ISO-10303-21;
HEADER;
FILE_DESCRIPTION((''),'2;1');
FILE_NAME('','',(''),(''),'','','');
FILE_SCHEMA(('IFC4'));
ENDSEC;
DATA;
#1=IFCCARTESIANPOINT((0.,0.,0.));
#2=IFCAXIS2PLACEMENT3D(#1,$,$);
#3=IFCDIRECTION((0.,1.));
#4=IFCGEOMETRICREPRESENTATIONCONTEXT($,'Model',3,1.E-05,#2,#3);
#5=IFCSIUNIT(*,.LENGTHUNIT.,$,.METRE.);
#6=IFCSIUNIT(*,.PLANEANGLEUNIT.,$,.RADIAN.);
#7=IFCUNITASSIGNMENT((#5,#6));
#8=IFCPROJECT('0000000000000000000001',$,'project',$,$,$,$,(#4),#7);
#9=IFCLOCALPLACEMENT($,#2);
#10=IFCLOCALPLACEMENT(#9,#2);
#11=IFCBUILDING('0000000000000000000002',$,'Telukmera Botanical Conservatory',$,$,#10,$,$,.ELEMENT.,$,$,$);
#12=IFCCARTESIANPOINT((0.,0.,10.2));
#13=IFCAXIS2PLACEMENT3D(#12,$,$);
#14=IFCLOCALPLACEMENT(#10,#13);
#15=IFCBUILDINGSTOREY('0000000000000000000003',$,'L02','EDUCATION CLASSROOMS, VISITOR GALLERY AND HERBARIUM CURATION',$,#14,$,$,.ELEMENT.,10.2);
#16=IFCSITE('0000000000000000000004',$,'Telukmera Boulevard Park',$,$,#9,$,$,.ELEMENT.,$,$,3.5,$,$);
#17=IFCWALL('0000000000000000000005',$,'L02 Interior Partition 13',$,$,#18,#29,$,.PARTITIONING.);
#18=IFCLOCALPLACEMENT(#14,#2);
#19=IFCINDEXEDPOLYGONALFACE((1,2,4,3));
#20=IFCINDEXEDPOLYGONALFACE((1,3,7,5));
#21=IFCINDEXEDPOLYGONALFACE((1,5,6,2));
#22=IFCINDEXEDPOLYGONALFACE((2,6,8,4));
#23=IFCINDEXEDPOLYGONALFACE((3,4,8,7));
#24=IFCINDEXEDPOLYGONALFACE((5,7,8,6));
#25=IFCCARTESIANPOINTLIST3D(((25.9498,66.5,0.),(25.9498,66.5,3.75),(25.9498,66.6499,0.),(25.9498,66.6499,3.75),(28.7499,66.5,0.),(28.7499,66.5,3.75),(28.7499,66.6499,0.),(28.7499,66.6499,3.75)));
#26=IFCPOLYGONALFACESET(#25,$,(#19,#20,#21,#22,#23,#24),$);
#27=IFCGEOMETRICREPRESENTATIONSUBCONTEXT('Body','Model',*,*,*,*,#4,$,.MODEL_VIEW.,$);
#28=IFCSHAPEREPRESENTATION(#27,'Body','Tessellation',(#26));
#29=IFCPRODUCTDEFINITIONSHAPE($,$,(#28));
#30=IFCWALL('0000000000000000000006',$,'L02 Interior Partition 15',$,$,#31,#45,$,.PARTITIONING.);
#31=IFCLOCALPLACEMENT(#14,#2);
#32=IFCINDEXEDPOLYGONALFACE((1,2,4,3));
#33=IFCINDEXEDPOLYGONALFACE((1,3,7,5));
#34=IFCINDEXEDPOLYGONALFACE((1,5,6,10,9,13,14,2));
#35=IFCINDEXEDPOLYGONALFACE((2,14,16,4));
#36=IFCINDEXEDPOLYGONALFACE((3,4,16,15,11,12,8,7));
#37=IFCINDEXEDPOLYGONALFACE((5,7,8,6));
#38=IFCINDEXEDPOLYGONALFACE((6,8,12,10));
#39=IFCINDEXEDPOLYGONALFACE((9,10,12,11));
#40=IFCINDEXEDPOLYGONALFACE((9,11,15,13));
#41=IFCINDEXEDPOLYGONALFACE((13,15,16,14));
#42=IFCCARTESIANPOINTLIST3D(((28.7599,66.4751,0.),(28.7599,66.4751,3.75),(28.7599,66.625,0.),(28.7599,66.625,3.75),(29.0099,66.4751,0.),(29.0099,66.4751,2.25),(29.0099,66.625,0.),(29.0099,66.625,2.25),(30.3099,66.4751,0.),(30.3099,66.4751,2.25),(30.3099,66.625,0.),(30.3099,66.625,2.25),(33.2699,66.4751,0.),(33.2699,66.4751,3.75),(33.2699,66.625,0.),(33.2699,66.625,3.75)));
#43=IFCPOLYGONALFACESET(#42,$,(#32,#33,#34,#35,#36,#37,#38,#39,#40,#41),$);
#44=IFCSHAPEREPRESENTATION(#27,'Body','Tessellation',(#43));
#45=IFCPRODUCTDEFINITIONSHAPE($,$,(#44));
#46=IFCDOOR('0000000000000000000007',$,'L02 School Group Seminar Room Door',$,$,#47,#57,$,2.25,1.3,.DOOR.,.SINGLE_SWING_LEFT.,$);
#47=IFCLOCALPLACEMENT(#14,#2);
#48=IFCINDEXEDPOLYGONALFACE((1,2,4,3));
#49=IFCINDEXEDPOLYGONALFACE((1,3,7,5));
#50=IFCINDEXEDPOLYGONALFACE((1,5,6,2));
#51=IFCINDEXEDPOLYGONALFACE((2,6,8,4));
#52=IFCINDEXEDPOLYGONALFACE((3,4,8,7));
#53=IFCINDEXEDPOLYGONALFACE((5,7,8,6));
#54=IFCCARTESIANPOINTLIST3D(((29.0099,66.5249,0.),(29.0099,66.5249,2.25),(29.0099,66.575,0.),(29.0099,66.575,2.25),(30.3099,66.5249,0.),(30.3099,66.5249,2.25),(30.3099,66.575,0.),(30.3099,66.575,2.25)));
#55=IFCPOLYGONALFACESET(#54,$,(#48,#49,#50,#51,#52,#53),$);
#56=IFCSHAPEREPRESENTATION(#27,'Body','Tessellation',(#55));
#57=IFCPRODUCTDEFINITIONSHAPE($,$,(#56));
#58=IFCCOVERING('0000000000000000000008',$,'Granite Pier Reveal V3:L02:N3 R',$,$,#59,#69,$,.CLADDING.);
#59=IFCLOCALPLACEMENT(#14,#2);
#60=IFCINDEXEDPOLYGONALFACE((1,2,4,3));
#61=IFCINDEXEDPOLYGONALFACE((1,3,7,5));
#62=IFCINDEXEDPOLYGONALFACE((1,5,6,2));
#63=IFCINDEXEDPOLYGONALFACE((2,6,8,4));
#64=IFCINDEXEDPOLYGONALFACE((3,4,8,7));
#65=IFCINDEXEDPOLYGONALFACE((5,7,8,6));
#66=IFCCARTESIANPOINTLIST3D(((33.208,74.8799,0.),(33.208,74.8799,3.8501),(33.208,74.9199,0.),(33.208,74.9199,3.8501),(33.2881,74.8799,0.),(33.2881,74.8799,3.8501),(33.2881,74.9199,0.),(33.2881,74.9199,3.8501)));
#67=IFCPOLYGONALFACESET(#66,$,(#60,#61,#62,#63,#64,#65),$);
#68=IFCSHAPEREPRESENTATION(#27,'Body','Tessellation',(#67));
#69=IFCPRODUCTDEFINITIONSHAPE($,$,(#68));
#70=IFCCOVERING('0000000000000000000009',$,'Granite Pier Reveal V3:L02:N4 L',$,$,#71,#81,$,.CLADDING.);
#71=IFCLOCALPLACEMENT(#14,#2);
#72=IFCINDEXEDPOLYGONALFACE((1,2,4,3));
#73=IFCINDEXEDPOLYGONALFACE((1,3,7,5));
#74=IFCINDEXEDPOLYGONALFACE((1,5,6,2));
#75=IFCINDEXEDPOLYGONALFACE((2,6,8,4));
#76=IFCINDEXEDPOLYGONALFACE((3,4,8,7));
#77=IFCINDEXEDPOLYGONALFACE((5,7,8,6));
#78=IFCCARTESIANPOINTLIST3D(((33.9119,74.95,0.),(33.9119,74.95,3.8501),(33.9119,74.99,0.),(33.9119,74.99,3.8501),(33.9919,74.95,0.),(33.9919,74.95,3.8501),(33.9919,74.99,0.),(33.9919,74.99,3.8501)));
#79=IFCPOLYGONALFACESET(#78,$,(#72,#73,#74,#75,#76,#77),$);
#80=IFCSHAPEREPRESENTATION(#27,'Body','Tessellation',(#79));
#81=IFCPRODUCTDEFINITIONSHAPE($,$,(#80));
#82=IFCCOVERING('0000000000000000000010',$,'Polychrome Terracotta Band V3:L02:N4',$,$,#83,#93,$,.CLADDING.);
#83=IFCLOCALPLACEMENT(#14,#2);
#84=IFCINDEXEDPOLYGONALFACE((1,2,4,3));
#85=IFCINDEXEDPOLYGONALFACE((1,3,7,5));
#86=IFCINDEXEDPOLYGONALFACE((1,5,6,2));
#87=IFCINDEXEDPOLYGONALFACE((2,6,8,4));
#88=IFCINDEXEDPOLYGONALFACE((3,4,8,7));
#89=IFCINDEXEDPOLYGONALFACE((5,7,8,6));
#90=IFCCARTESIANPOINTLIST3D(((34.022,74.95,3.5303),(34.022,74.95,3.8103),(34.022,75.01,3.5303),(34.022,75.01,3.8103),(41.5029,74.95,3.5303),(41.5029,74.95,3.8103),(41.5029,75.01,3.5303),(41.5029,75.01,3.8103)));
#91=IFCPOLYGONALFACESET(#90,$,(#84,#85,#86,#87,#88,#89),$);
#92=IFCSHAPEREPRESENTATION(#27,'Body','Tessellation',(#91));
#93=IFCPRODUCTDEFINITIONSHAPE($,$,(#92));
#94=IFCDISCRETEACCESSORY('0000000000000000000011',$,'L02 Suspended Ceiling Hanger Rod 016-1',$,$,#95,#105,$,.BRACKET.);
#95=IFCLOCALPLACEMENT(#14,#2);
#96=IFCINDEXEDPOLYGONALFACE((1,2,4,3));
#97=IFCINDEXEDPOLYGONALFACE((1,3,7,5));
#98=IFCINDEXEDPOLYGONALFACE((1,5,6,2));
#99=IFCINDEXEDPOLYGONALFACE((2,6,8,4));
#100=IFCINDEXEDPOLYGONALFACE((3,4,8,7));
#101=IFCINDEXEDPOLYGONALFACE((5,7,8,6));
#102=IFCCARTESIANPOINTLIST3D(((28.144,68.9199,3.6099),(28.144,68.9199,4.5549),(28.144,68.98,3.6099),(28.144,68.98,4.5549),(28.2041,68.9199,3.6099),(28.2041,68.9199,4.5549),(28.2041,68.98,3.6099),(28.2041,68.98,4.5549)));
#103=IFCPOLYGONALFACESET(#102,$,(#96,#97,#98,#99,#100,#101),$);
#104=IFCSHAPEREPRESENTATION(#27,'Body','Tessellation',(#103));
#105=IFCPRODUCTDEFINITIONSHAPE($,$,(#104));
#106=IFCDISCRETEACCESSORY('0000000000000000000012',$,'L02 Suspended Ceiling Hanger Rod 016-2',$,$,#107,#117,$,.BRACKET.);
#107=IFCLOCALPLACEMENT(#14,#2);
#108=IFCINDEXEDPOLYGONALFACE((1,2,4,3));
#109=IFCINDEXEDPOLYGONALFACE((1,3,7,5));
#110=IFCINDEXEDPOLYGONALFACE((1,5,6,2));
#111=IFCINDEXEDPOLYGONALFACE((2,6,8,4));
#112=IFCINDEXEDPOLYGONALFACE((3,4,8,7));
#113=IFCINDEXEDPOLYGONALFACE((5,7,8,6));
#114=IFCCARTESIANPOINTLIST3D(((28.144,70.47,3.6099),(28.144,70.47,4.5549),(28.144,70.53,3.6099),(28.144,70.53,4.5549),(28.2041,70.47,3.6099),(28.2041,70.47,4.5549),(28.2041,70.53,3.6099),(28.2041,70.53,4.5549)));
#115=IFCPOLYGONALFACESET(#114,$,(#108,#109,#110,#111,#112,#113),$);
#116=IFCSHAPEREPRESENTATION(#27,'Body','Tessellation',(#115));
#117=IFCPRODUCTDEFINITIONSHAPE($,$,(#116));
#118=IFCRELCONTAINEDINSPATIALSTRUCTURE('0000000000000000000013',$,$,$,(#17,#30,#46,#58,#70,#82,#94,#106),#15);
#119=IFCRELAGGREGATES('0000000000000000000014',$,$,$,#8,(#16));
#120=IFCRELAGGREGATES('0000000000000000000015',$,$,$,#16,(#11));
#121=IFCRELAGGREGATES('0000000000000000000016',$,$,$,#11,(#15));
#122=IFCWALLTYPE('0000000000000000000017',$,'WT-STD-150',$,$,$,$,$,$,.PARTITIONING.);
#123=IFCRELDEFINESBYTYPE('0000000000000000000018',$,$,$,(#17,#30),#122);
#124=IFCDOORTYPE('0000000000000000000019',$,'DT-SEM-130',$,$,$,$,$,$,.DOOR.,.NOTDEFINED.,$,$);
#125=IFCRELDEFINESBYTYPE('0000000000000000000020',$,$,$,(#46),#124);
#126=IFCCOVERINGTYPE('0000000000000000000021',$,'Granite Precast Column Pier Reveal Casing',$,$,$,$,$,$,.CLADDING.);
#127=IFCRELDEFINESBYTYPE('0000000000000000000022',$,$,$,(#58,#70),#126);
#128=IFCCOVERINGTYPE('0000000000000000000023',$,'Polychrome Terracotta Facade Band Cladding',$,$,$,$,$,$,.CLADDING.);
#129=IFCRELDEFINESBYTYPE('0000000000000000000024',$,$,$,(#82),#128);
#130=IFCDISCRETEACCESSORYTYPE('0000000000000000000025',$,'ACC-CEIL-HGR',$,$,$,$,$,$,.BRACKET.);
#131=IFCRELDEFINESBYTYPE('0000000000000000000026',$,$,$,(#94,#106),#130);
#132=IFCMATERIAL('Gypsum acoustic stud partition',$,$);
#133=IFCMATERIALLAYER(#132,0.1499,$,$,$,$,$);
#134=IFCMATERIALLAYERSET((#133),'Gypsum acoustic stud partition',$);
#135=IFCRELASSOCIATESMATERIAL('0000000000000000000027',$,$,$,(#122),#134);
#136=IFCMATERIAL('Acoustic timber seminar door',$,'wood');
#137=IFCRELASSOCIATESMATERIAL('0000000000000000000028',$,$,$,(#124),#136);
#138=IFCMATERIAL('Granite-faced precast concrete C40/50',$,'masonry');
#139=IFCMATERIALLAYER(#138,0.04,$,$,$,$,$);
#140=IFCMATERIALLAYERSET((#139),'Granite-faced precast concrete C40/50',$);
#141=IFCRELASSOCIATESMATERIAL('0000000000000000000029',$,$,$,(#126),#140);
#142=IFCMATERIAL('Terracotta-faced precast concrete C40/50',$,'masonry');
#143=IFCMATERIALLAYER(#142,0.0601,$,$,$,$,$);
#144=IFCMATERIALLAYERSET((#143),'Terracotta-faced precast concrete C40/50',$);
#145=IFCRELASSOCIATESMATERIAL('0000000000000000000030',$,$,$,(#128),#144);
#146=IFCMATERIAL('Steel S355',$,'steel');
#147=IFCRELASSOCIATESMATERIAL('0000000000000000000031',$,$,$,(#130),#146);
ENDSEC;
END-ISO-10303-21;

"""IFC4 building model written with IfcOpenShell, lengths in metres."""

from ifc_helpers import new_model, si_unit, direction, frame, frame_2d, origin, origin_2d, place, context, subcontext, project, spatial, rectangle, extrude, material, layer, layer_set, type_object, element, fill, save


model = new_model("IFC4")

# Units and contexts
model_context = context("Model", 3, precision=1e-05, world=origin(), true_north=direction((0.0, 1.0)))
body_context = subcontext(model_context, "Body", "Model", "MODEL_VIEW")
ifc_project = project(units=[si_unit("LENGTHUNIT", "METRE"), si_unit("PLANEANGLEUNIT", "RADIAN")], contexts=[model_context])

# Site, building, storey
site_placement = place(None, origin())
site = spatial("IfcSite", under=ifc_project, at=site_placement, Name="Telukmera Boulevard Park", CompositionType="ELEMENT", RefElevation=3.5)
building_placement = place(site_placement, origin())
building = spatial("IfcBuilding", under=site, at=building_placement, Name="Telukmera Botanical Conservatory", CompositionType="ELEMENT")
storey_placement = place(building_placement, frame((0.0, 0.0, 10.2)))
storey = spatial("IfcBuildingStorey", under=building, at=storey_placement, Name="L02", Description="EDUCATION CLASSROOMS, VISITOR GALLERY AND HERBARIUM CURATION", CompositionType="ELEMENT", Elevation=10.2)

# Shared definitions
ifc_material_1 = material(Name="Terracotta-faced precast concrete C40/50", Category="masonry")

# Wall
ifc_material_2 = material(Name="Gypsum acoustic stud partition")
ifc_layer_1 = layer(ifc_material_2, 0.1499)
ifc_layer_set_1 = layer_set([ifc_layer_1], Name="Gypsum acoustic stud partition")
wall_type_1 = type_object("IfcWallType", Name="WT-STD-150", PredefinedType="PARTITIONING", material=ifc_layer_set_1)
wall_1_placement = place(storey_placement, frame((25.95, 66.575, 0.0), z_axis=(0.0, 0.0, 1.0), x_axis=(1.0, 0.0, 0.0)))
element("IfcWall", 1, at=wall_1_placement, inside=storey, type_object=wall_type_1, Name="L02 Interior Partition 13", PredefinedType="PARTITIONING", context=body_context, shape_type="SweptSolid", body=[
    extrude(rectangle(XDim=2.8, YDim=0.1499, at=frame_2d((1.3999, 0.0))), origin(), (0.0, 0.0, 1.0), 3.75),
])

# Wall, opening, door
wall_2_placement = place(storey_placement, frame((28.76, 66.55, 0.0), z_axis=(0.0, 0.0, 1.0), x_axis=(1.0, 0.0, 0.0)))
wall_2 = element("IfcWall", 2, at=wall_2_placement, inside=storey, type_object=wall_type_1, Name="L02 Interior Partition 15", PredefinedType="PARTITIONING", context=body_context, shape_type="SweptSolid", body=[
    extrude(rectangle(XDim=4.51, YDim=0.1499, at=frame_2d((2.2549, 0.0))), origin(), (0.0, 0.0, 1.0), 3.75),
])
opening_1_placement = place(wall_2_placement, frame((0.25, 0.0, 0.0)))
opening_1 = element("IfcOpeningElement", 3, at=opening_1_placement, cuts=wall_2, PredefinedType="OPENING", context=body_context, shape_type="SweptSolid", body=[
    extrude(rectangle(XDim=1.3, YDim=2.25, at=frame_2d((0.6499, 1.125))), frame((0.0, 0.085, 0.0), z_axis=(0.0, -1.0, 0.0), x_axis=(1.0, 0.0, 0.0)), (0.0, 0.0, 1.0), 0.1699),
])
ifc_material_3 = material(Name="Acoustic timber seminar door", Category="wood")
door_type_1 = type_object("IfcDoorType", Name="DT-SEM-130", OperationType="NOTDEFINED", PredefinedType="DOOR", material=ifc_material_3)
door_1_placement = place(opening_1_placement, origin())
door_1 = element("IfcDoor", 4, at=door_1_placement, inside=storey, type_object=door_type_1, Name="L02 School Group Seminar Room Door", OperationType="SINGLE_SWING_LEFT", OverallHeight=2.25, OverallWidth=1.3, PredefinedType="DOOR", context=body_context, shape_type="SweptSolid", body=[
    extrude(rectangle(XDim=1.3, YDim=2.25, at=frame_2d((0.6499, 1.125))), frame((0.0, 0.0249, 0.0), z_axis=(0.0, -1.0, 0.0), x_axis=(1.0, 0.0, 0.0)), (0.0, 0.0, 1.0), 0.05),
])
fill(opening_1, door_1)

# Coverings
ifc_material_4 = material(Name="Granite-faced precast concrete C40/50", Category="masonry")
ifc_layer_2 = layer(ifc_material_4, 0.04)
ifc_layer_set_2 = layer_set([ifc_layer_2], Name="Granite-faced precast concrete C40/50")
covering_type_1 = type_object("IfcCoveringType", Name="Granite Precast Column Pier Reveal Casing", PredefinedType="CLADDING", material=ifc_layer_set_2)
for number, where, z_axis, x_axis, name in (
    (5, (33.248, 74.8999, 0.0), (0.0, 0.0, 1.0), (1.0, 0.0, 0.0), "Granite Pier Reveal V3:L02:N3 R"),
    (6, (33.9519, 74.97, 0.0), (0.0, 0.0, 1.0), (1.0, 0.0, 0.0), "Granite Pier Reveal V3:L02:N4 L"),
):
    element("IfcCovering", number, at=place(storey_placement, frame(where, z_axis=z_axis, x_axis=x_axis)), inside=storey, type_object=covering_type_1, Name=name, PredefinedType="CLADDING", context=body_context, shape_type="SweptSolid", body=[
        extrude(rectangle(XDim=0.0801, YDim=0.04, at=origin_2d()), origin(), (0.0, 0.0, 1.0), 3.8501),
    ])
ifc_layer_3 = layer(ifc_material_1, 0.0601)
ifc_layer_set_3 = layer_set([ifc_layer_3], Name="Terracotta-faced precast concrete C40/50")
covering_type_2 = type_object("IfcCoveringType", Name="Polychrome Terracotta Facade Band Cladding", PredefinedType="CLADDING", material=ifc_layer_set_3)
covering_placement = place(storey_placement, frame((37.7625, 74.98, 3.5303), z_axis=(0.0, 0.0, 1.0), x_axis=(1.0, 0.0, 0.0)))
element("IfcCovering", 7, at=covering_placement, inside=storey, type_object=covering_type_2, Name="Polychrome Terracotta Band V3:L02:N4", PredefinedType="CLADDING", context=body_context, shape_type="SweptSolid", body=[
    extrude(rectangle(XDim=7.481, YDim=0.0601, at=origin_2d()), origin(), (0.0, 0.0, 1.0), 0.28),
])

# Discrete accessories
ifc_material_5 = material(Name="Steel S355", Category="steel")
discrete_accessory_type = type_object("IfcDiscreteAccessoryType", Name="ACC-CEIL-HGR", PredefinedType="BRACKET", material=ifc_material_5)
for number, where, z_axis, x_axis, name in (
    (8, (28.1741, 68.95, 3.6099), (0.0, 0.0, 1.0), (1.0, 0.0, 0.0), "L02 Suspended Ceiling Hanger Rod 016-1"),
    (9, (28.1741, 70.5, 3.6099), (0.0, 0.0, 1.0), (1.0, 0.0, 0.0), "L02 Suspended Ceiling Hanger Rod 016-2"),
):
    element("IfcDiscreteAccessory", number, at=place(storey_placement, frame(where, z_axis=z_axis, x_axis=x_axis)), inside=storey, type_object=discrete_accessory_type, Name=name, PredefinedType="BRACKET", context=body_context, shape_type="SweptSolid", body=[
        extrude(rectangle(XDim=0.0601, YDim=0.0601, at=origin_2d()), origin(), (0.0, 0.0, 1.0), 0.9451),
    ])

save(model, "model.ifc")
